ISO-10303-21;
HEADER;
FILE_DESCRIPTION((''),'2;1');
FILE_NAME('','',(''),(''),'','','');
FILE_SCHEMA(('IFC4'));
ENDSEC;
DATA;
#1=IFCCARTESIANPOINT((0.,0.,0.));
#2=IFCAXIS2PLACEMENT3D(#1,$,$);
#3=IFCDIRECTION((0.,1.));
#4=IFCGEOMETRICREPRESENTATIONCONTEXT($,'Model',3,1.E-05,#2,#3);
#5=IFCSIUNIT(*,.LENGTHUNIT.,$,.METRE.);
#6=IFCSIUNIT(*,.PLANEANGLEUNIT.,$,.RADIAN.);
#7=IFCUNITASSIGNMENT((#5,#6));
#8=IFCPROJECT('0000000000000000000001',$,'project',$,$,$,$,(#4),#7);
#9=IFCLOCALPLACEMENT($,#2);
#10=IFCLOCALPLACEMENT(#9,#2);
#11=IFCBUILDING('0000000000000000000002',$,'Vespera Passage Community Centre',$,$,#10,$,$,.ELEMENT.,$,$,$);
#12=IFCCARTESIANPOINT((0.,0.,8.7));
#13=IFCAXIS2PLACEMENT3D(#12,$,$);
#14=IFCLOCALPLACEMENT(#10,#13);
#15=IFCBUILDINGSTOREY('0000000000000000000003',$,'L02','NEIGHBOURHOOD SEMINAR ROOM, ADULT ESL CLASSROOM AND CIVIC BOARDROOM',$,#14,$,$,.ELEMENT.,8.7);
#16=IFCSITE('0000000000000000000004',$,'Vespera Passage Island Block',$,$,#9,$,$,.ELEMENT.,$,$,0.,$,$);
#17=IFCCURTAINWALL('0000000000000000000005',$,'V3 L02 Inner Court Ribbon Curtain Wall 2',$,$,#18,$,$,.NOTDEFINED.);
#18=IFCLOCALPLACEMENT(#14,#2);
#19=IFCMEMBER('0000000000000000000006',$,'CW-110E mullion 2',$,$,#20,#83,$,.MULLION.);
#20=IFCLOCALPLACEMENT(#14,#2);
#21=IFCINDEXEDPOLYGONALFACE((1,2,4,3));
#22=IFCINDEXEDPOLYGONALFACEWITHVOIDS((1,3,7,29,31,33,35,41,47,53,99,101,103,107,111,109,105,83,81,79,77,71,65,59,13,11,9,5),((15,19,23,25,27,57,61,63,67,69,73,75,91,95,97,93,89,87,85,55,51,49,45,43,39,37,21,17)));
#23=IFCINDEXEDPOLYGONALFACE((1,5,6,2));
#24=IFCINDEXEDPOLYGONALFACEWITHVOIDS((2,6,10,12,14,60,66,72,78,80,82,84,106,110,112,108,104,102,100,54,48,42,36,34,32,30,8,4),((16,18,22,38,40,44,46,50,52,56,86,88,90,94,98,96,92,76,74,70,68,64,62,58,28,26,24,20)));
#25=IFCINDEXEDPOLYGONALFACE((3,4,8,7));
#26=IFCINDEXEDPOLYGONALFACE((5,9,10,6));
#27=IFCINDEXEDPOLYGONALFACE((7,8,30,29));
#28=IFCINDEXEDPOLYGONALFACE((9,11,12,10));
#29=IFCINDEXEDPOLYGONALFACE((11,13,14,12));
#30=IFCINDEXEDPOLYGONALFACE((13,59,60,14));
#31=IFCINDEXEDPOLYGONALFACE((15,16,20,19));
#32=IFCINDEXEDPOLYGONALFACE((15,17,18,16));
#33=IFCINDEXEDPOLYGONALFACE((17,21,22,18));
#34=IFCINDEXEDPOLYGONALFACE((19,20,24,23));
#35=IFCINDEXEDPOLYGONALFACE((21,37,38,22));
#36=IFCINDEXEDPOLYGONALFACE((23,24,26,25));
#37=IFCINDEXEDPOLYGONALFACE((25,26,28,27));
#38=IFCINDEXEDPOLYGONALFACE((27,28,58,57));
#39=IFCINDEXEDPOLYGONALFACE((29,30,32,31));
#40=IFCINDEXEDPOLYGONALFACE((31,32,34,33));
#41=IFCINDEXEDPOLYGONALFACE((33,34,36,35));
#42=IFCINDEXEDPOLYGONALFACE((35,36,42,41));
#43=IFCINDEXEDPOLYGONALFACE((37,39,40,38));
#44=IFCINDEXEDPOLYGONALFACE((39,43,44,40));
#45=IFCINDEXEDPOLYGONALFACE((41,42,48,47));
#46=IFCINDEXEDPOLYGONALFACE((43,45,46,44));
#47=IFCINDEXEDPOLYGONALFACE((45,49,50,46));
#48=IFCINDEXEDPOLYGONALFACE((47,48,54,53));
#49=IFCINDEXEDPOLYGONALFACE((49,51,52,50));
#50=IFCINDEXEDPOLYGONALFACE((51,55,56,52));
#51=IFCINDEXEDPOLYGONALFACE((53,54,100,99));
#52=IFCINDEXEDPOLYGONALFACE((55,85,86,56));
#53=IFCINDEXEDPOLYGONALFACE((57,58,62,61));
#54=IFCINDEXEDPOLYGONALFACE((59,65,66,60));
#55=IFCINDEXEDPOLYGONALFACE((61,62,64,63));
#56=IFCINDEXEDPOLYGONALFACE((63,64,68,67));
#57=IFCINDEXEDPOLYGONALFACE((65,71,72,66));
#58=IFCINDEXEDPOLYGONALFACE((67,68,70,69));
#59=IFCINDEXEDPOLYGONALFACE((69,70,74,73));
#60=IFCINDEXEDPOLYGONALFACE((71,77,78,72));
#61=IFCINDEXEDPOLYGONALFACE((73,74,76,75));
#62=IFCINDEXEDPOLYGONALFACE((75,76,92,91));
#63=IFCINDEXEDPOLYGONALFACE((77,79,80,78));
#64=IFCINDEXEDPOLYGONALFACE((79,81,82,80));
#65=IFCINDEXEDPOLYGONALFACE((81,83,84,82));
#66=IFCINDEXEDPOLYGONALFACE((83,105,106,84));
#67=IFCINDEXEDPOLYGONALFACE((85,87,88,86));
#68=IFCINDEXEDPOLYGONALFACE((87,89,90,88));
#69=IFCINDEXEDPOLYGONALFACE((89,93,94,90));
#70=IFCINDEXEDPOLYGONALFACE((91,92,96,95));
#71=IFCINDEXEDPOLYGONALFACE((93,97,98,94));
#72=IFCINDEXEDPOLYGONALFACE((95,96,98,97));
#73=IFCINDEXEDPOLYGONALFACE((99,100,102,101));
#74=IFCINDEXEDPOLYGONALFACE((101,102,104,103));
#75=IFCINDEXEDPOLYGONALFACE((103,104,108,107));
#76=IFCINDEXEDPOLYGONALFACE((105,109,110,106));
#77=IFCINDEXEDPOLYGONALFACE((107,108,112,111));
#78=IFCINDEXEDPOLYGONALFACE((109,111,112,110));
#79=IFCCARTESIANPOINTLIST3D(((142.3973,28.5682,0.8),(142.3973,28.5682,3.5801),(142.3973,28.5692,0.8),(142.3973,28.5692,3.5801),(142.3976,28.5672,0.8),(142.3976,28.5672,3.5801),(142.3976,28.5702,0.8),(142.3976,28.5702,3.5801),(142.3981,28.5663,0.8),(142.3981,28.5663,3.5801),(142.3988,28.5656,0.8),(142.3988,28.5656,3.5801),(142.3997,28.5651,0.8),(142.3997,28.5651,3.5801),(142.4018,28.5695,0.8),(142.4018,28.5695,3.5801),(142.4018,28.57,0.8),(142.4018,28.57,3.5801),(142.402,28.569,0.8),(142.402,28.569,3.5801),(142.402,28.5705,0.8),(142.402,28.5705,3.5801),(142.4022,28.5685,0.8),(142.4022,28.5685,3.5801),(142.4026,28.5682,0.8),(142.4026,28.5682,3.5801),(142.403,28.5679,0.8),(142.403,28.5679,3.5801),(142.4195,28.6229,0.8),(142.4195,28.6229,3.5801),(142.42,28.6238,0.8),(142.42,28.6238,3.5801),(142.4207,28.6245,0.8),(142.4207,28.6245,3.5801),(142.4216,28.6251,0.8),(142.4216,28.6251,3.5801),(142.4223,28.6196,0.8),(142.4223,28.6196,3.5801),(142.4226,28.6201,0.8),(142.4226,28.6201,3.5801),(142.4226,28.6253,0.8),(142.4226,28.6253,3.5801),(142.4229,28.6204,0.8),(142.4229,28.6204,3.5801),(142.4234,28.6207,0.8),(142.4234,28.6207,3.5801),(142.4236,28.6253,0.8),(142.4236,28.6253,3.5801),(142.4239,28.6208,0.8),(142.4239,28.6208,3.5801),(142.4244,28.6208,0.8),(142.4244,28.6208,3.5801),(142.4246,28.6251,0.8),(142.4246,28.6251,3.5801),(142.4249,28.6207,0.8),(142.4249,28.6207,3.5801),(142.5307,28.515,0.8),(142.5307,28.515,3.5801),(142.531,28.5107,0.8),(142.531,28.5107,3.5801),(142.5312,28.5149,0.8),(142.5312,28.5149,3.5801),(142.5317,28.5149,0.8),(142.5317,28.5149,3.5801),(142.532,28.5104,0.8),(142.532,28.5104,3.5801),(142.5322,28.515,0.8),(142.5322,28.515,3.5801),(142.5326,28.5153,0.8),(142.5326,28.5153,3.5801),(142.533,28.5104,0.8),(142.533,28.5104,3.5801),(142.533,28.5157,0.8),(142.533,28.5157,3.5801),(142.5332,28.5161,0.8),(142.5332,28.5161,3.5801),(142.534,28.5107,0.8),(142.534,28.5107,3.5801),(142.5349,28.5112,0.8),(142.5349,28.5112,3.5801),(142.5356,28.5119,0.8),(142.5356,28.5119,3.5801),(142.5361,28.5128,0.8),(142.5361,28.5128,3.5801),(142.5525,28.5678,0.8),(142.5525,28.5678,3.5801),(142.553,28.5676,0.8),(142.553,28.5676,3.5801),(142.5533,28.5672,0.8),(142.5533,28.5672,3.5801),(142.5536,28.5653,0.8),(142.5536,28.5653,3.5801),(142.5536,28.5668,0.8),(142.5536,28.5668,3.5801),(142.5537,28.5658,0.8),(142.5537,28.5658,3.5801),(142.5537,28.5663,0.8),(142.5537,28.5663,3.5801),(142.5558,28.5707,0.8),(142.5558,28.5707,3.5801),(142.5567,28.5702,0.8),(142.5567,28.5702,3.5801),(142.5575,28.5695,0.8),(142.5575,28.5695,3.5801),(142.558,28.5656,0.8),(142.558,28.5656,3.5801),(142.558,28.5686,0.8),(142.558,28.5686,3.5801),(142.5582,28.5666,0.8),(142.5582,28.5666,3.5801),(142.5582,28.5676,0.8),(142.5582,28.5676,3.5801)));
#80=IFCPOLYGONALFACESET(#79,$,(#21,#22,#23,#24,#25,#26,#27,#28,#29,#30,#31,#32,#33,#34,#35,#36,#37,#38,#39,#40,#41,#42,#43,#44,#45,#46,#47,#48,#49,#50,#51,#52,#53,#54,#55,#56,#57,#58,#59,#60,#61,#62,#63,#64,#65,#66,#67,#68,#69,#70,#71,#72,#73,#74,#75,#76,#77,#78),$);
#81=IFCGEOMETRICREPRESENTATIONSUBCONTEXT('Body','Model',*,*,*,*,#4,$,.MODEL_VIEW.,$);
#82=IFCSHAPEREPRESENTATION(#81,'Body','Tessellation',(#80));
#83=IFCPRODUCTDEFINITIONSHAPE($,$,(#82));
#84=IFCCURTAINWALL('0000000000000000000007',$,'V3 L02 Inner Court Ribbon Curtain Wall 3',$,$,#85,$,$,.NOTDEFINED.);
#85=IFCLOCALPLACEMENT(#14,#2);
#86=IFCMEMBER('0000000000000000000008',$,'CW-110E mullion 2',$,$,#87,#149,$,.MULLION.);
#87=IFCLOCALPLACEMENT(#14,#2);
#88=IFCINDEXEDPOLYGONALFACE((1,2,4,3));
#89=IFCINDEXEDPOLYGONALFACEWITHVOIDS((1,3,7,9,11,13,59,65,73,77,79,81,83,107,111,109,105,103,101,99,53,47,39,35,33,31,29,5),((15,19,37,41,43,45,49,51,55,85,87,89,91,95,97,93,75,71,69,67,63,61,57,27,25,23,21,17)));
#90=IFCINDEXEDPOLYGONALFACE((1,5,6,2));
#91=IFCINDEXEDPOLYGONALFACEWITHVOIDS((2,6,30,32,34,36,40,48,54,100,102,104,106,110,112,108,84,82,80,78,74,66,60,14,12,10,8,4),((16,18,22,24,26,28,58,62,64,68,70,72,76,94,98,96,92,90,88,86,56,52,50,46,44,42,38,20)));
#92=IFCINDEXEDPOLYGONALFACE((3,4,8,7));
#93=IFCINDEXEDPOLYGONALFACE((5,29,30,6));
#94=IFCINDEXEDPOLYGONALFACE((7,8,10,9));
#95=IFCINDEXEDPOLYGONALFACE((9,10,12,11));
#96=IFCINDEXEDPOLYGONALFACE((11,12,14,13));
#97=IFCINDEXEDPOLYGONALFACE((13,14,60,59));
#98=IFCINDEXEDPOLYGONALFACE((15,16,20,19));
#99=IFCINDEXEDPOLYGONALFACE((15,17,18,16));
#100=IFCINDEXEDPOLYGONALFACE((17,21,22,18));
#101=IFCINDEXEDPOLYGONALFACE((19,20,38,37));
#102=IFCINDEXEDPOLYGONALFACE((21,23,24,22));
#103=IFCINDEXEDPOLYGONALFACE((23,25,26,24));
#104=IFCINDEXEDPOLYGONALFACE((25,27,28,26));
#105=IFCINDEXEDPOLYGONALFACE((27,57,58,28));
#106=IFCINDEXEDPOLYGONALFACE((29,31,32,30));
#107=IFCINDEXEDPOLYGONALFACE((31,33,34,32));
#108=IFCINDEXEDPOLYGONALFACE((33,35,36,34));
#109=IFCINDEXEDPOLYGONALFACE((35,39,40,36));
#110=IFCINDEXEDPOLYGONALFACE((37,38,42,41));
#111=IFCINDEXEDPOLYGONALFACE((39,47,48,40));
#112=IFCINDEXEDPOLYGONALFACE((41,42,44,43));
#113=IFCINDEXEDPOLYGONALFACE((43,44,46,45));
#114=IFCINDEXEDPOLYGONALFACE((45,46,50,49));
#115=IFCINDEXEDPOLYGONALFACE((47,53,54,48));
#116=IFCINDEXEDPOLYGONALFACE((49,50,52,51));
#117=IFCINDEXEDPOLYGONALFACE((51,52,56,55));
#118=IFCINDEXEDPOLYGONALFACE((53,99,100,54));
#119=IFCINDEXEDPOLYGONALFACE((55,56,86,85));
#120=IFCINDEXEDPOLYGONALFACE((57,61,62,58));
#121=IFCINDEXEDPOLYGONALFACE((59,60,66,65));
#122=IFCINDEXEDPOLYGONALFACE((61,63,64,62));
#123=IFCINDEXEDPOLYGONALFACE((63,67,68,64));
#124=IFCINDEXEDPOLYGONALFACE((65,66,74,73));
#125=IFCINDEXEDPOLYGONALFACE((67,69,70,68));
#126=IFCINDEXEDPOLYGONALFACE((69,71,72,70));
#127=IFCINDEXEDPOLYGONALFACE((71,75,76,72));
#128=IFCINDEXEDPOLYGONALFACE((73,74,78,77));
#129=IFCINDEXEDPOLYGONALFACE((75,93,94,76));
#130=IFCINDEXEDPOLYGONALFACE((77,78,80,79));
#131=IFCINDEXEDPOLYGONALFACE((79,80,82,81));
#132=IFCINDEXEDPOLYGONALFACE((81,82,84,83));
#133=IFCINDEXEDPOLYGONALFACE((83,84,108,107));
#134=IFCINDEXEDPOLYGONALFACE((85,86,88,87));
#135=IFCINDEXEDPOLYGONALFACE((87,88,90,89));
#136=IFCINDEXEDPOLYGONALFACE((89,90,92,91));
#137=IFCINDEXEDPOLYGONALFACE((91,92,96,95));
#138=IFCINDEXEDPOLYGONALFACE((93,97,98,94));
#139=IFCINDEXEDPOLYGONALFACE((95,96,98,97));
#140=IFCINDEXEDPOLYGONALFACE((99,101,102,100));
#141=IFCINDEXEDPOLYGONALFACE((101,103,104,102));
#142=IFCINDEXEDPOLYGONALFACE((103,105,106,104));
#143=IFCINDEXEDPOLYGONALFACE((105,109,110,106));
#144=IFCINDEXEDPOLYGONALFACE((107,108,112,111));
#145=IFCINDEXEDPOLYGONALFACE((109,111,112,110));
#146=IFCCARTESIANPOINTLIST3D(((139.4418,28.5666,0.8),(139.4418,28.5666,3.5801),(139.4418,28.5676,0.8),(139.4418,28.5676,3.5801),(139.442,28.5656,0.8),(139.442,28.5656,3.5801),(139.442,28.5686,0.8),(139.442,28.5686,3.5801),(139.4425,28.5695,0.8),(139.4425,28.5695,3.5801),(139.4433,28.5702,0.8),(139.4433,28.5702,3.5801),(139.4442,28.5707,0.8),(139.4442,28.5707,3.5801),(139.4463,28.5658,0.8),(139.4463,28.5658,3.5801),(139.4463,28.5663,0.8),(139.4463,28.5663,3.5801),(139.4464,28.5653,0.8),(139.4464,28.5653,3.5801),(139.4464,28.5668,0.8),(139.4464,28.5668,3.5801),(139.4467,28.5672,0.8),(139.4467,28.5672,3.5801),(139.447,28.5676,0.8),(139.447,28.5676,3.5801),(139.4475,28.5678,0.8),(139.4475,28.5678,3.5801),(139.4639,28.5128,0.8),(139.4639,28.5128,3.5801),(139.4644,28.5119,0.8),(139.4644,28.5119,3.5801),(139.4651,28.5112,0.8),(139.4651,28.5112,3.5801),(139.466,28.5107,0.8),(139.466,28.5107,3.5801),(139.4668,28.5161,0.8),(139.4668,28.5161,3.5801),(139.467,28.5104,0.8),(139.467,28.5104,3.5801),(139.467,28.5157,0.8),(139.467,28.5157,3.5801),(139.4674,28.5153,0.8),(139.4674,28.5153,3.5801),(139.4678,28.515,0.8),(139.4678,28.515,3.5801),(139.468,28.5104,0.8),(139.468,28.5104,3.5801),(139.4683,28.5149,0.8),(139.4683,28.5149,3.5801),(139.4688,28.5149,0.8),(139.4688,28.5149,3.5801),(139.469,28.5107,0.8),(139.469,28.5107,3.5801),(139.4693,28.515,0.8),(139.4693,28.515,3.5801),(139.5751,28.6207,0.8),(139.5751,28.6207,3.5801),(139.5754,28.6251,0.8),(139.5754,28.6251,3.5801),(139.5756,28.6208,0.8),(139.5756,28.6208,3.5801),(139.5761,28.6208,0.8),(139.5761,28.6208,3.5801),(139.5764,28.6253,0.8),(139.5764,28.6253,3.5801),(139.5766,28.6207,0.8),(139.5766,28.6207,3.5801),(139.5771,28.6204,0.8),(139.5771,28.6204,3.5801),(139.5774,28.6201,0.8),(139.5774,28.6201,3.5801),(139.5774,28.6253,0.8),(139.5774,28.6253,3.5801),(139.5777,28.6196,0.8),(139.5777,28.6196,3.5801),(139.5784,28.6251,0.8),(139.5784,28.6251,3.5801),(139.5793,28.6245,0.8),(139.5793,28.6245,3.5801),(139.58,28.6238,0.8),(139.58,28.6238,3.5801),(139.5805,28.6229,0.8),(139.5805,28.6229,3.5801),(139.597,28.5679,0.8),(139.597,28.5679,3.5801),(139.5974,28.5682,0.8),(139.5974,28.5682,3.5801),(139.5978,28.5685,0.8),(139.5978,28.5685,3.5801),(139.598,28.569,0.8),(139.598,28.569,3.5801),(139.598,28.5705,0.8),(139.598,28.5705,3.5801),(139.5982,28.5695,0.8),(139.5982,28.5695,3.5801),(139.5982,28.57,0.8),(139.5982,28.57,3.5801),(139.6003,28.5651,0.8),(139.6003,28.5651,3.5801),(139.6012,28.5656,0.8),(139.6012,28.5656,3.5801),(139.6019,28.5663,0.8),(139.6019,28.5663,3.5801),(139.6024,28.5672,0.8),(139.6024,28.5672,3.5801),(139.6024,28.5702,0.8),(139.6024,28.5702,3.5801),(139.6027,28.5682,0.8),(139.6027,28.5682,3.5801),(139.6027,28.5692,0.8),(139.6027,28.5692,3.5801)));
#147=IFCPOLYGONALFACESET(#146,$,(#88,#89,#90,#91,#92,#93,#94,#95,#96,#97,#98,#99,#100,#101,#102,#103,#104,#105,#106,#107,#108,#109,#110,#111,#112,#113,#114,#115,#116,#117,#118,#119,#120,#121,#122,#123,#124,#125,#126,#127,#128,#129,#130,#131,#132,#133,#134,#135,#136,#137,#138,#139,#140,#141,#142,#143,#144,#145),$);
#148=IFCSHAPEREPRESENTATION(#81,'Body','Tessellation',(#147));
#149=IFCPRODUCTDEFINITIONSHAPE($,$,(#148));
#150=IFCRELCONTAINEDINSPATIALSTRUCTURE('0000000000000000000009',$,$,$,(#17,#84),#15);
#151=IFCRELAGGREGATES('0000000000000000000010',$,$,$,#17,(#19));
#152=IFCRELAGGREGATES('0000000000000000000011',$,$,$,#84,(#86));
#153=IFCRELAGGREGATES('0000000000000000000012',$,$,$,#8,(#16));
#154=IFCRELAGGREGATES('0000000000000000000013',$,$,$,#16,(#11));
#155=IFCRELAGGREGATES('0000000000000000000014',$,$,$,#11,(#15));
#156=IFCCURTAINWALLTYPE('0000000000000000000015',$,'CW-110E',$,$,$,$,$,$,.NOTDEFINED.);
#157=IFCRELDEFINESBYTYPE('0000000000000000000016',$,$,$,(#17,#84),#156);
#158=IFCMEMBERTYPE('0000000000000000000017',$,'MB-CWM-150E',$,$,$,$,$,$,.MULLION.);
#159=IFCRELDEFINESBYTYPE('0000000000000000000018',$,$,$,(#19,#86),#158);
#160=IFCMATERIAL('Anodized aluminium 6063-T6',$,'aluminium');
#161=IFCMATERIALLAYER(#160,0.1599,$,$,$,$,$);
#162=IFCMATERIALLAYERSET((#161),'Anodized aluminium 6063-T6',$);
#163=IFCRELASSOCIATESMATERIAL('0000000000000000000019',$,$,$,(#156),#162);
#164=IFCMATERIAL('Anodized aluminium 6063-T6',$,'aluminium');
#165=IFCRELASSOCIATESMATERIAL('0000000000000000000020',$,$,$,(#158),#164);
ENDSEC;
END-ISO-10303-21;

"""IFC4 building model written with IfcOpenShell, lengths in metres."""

from ifc_helpers import new_model, si_unit, direction, frame, origin, origin_2d, place, context, subcontext, project, spatial, hollow_rectangle, extrude, material, layer, layer_set, material_profile, profile_set, type_object, element, aggregate, save


model = new_model("IFC4")

# Units and contexts
model_context = context("Model", 3, precision=1e-05, world=origin(), true_north=direction((0.0, 1.0)))
body_context = subcontext(model_context, "Body", "Model", "MODEL_VIEW")
ifc_project = project(units=[si_unit("LENGTHUNIT", "METRE"), si_unit("PLANEANGLEUNIT", "RADIAN")], contexts=[model_context])

# Site, building, storey
site_placement = place(None, origin())
site = spatial("IfcSite", under=ifc_project, at=site_placement, Name="Vespera Passage Island Block", CompositionType="ELEMENT", RefElevation=0.0)
building_placement = place(site_placement, origin())
building = spatial("IfcBuilding", under=site, at=building_placement, Name="Vespera Passage Community Centre", CompositionType="ELEMENT")
storey_placement = place(building_placement, frame((0.0, 0.0, 8.7)))
storey = spatial("IfcBuildingStorey", under=building, at=storey_placement, Name="L02", Description="NEIGHBOURHOOD SEMINAR ROOM, ADULT ESL CLASSROOM AND CIVIC BOARDROOM", CompositionType="ELEMENT", Elevation=8.7)

# Curtain wall, member
ifc_material_1 = material(Name="Anodized aluminium 6063-T6", Category="aluminium")
ifc_layer_1 = layer(ifc_material_1, 0.1599)
ifc_layer_set_1 = layer_set([ifc_layer_1], Name="Anodized aluminium 6063-T6")
curtain_wall_type = type_object("IfcCurtainWallType", Name="CW-110E", PredefinedType="NOTDEFINED", material=ifc_layer_set_1)
ifc_material_2 = material(Name="Anodized aluminium 6063-T6", Category="aluminium")
ifc_material_profile_1 = material_profile(ifc_material_2, hollow_rectangle(XDim=0.0649, YDim=0.1499, WallThickness=0.0039, InnerFilletRadius=0.002, OuterFilletRadius=0.0039, at=origin_2d()), Name="ALU150X65X4")
ifc_profile_set_1 = profile_set([ifc_material_profile_1], Name="Anodized aluminium 6063-T6")
member_type_1 = type_object("IfcMemberType", Name="MB-CWM-150E", PredefinedType="MULLION", material=ifc_profile_set_1)
curtain_wall_1_placement = place(storey_placement, origin())
curtain_wall_1 = element("IfcCurtainWall", 1, at=curtain_wall_1_placement, inside=storey, type_object=curtain_wall_type, Name="V3 L02 Inner Court Ribbon Curtain Wall 2", PredefinedType="NOTDEFINED")
member_1_placement = place(storey_placement, frame((142.4778, 28.5679, 0.8), z_axis=(0.0, 0.0, 1.0), x_axis=(-0.382686, -0.923879, 0.0)))
member_1 = element("IfcMember", 2, at=member_1_placement, type_object=member_type_1, Name="CW-110E mullion 2", PredefinedType="MULLION", context=body_context, shape_type="SweptSolid", body=[
    extrude(hollow_rectangle(XDim=0.0649, YDim=0.1499, WallThickness=0.0039, InnerFilletRadius=0.002, OuterFilletRadius=0.0039, at=origin_2d()), origin(), (0.0, 0.0, 1.0), 2.78),
])

# Curtain wall, member
curtain_wall_2_placement = place(storey_placement, origin())
curtain_wall_2 = element("IfcCurtainWall", 3, at=curtain_wall_2_placement, inside=storey, type_object=curtain_wall_type, Name="V3 L02 Inner Court Ribbon Curtain Wall 3", PredefinedType="NOTDEFINED")
member_2_placement = place(storey_placement, frame((139.5222, 28.5679, 0.8), z_axis=(0.0, 0.0, 1.0), x_axis=(0.382686, -0.923879, 0.0)))
member_2 = element("IfcMember", 4, at=member_2_placement, type_object=member_type_1, Name="CW-110E mullion 2", PredefinedType="MULLION", context=body_context, shape_type="SweptSolid", body=[
    extrude(hollow_rectangle(XDim=0.0649, YDim=0.1499, WallThickness=0.0039, InnerFilletRadius=0.002, OuterFilletRadius=0.0039, at=origin_2d()), origin(), (0.0, 0.0, 1.0), 2.78),
])

aggregate(curtain_wall_1, [member_1])
aggregate(curtain_wall_2, [member_2])

save(model, "model.ifc")
